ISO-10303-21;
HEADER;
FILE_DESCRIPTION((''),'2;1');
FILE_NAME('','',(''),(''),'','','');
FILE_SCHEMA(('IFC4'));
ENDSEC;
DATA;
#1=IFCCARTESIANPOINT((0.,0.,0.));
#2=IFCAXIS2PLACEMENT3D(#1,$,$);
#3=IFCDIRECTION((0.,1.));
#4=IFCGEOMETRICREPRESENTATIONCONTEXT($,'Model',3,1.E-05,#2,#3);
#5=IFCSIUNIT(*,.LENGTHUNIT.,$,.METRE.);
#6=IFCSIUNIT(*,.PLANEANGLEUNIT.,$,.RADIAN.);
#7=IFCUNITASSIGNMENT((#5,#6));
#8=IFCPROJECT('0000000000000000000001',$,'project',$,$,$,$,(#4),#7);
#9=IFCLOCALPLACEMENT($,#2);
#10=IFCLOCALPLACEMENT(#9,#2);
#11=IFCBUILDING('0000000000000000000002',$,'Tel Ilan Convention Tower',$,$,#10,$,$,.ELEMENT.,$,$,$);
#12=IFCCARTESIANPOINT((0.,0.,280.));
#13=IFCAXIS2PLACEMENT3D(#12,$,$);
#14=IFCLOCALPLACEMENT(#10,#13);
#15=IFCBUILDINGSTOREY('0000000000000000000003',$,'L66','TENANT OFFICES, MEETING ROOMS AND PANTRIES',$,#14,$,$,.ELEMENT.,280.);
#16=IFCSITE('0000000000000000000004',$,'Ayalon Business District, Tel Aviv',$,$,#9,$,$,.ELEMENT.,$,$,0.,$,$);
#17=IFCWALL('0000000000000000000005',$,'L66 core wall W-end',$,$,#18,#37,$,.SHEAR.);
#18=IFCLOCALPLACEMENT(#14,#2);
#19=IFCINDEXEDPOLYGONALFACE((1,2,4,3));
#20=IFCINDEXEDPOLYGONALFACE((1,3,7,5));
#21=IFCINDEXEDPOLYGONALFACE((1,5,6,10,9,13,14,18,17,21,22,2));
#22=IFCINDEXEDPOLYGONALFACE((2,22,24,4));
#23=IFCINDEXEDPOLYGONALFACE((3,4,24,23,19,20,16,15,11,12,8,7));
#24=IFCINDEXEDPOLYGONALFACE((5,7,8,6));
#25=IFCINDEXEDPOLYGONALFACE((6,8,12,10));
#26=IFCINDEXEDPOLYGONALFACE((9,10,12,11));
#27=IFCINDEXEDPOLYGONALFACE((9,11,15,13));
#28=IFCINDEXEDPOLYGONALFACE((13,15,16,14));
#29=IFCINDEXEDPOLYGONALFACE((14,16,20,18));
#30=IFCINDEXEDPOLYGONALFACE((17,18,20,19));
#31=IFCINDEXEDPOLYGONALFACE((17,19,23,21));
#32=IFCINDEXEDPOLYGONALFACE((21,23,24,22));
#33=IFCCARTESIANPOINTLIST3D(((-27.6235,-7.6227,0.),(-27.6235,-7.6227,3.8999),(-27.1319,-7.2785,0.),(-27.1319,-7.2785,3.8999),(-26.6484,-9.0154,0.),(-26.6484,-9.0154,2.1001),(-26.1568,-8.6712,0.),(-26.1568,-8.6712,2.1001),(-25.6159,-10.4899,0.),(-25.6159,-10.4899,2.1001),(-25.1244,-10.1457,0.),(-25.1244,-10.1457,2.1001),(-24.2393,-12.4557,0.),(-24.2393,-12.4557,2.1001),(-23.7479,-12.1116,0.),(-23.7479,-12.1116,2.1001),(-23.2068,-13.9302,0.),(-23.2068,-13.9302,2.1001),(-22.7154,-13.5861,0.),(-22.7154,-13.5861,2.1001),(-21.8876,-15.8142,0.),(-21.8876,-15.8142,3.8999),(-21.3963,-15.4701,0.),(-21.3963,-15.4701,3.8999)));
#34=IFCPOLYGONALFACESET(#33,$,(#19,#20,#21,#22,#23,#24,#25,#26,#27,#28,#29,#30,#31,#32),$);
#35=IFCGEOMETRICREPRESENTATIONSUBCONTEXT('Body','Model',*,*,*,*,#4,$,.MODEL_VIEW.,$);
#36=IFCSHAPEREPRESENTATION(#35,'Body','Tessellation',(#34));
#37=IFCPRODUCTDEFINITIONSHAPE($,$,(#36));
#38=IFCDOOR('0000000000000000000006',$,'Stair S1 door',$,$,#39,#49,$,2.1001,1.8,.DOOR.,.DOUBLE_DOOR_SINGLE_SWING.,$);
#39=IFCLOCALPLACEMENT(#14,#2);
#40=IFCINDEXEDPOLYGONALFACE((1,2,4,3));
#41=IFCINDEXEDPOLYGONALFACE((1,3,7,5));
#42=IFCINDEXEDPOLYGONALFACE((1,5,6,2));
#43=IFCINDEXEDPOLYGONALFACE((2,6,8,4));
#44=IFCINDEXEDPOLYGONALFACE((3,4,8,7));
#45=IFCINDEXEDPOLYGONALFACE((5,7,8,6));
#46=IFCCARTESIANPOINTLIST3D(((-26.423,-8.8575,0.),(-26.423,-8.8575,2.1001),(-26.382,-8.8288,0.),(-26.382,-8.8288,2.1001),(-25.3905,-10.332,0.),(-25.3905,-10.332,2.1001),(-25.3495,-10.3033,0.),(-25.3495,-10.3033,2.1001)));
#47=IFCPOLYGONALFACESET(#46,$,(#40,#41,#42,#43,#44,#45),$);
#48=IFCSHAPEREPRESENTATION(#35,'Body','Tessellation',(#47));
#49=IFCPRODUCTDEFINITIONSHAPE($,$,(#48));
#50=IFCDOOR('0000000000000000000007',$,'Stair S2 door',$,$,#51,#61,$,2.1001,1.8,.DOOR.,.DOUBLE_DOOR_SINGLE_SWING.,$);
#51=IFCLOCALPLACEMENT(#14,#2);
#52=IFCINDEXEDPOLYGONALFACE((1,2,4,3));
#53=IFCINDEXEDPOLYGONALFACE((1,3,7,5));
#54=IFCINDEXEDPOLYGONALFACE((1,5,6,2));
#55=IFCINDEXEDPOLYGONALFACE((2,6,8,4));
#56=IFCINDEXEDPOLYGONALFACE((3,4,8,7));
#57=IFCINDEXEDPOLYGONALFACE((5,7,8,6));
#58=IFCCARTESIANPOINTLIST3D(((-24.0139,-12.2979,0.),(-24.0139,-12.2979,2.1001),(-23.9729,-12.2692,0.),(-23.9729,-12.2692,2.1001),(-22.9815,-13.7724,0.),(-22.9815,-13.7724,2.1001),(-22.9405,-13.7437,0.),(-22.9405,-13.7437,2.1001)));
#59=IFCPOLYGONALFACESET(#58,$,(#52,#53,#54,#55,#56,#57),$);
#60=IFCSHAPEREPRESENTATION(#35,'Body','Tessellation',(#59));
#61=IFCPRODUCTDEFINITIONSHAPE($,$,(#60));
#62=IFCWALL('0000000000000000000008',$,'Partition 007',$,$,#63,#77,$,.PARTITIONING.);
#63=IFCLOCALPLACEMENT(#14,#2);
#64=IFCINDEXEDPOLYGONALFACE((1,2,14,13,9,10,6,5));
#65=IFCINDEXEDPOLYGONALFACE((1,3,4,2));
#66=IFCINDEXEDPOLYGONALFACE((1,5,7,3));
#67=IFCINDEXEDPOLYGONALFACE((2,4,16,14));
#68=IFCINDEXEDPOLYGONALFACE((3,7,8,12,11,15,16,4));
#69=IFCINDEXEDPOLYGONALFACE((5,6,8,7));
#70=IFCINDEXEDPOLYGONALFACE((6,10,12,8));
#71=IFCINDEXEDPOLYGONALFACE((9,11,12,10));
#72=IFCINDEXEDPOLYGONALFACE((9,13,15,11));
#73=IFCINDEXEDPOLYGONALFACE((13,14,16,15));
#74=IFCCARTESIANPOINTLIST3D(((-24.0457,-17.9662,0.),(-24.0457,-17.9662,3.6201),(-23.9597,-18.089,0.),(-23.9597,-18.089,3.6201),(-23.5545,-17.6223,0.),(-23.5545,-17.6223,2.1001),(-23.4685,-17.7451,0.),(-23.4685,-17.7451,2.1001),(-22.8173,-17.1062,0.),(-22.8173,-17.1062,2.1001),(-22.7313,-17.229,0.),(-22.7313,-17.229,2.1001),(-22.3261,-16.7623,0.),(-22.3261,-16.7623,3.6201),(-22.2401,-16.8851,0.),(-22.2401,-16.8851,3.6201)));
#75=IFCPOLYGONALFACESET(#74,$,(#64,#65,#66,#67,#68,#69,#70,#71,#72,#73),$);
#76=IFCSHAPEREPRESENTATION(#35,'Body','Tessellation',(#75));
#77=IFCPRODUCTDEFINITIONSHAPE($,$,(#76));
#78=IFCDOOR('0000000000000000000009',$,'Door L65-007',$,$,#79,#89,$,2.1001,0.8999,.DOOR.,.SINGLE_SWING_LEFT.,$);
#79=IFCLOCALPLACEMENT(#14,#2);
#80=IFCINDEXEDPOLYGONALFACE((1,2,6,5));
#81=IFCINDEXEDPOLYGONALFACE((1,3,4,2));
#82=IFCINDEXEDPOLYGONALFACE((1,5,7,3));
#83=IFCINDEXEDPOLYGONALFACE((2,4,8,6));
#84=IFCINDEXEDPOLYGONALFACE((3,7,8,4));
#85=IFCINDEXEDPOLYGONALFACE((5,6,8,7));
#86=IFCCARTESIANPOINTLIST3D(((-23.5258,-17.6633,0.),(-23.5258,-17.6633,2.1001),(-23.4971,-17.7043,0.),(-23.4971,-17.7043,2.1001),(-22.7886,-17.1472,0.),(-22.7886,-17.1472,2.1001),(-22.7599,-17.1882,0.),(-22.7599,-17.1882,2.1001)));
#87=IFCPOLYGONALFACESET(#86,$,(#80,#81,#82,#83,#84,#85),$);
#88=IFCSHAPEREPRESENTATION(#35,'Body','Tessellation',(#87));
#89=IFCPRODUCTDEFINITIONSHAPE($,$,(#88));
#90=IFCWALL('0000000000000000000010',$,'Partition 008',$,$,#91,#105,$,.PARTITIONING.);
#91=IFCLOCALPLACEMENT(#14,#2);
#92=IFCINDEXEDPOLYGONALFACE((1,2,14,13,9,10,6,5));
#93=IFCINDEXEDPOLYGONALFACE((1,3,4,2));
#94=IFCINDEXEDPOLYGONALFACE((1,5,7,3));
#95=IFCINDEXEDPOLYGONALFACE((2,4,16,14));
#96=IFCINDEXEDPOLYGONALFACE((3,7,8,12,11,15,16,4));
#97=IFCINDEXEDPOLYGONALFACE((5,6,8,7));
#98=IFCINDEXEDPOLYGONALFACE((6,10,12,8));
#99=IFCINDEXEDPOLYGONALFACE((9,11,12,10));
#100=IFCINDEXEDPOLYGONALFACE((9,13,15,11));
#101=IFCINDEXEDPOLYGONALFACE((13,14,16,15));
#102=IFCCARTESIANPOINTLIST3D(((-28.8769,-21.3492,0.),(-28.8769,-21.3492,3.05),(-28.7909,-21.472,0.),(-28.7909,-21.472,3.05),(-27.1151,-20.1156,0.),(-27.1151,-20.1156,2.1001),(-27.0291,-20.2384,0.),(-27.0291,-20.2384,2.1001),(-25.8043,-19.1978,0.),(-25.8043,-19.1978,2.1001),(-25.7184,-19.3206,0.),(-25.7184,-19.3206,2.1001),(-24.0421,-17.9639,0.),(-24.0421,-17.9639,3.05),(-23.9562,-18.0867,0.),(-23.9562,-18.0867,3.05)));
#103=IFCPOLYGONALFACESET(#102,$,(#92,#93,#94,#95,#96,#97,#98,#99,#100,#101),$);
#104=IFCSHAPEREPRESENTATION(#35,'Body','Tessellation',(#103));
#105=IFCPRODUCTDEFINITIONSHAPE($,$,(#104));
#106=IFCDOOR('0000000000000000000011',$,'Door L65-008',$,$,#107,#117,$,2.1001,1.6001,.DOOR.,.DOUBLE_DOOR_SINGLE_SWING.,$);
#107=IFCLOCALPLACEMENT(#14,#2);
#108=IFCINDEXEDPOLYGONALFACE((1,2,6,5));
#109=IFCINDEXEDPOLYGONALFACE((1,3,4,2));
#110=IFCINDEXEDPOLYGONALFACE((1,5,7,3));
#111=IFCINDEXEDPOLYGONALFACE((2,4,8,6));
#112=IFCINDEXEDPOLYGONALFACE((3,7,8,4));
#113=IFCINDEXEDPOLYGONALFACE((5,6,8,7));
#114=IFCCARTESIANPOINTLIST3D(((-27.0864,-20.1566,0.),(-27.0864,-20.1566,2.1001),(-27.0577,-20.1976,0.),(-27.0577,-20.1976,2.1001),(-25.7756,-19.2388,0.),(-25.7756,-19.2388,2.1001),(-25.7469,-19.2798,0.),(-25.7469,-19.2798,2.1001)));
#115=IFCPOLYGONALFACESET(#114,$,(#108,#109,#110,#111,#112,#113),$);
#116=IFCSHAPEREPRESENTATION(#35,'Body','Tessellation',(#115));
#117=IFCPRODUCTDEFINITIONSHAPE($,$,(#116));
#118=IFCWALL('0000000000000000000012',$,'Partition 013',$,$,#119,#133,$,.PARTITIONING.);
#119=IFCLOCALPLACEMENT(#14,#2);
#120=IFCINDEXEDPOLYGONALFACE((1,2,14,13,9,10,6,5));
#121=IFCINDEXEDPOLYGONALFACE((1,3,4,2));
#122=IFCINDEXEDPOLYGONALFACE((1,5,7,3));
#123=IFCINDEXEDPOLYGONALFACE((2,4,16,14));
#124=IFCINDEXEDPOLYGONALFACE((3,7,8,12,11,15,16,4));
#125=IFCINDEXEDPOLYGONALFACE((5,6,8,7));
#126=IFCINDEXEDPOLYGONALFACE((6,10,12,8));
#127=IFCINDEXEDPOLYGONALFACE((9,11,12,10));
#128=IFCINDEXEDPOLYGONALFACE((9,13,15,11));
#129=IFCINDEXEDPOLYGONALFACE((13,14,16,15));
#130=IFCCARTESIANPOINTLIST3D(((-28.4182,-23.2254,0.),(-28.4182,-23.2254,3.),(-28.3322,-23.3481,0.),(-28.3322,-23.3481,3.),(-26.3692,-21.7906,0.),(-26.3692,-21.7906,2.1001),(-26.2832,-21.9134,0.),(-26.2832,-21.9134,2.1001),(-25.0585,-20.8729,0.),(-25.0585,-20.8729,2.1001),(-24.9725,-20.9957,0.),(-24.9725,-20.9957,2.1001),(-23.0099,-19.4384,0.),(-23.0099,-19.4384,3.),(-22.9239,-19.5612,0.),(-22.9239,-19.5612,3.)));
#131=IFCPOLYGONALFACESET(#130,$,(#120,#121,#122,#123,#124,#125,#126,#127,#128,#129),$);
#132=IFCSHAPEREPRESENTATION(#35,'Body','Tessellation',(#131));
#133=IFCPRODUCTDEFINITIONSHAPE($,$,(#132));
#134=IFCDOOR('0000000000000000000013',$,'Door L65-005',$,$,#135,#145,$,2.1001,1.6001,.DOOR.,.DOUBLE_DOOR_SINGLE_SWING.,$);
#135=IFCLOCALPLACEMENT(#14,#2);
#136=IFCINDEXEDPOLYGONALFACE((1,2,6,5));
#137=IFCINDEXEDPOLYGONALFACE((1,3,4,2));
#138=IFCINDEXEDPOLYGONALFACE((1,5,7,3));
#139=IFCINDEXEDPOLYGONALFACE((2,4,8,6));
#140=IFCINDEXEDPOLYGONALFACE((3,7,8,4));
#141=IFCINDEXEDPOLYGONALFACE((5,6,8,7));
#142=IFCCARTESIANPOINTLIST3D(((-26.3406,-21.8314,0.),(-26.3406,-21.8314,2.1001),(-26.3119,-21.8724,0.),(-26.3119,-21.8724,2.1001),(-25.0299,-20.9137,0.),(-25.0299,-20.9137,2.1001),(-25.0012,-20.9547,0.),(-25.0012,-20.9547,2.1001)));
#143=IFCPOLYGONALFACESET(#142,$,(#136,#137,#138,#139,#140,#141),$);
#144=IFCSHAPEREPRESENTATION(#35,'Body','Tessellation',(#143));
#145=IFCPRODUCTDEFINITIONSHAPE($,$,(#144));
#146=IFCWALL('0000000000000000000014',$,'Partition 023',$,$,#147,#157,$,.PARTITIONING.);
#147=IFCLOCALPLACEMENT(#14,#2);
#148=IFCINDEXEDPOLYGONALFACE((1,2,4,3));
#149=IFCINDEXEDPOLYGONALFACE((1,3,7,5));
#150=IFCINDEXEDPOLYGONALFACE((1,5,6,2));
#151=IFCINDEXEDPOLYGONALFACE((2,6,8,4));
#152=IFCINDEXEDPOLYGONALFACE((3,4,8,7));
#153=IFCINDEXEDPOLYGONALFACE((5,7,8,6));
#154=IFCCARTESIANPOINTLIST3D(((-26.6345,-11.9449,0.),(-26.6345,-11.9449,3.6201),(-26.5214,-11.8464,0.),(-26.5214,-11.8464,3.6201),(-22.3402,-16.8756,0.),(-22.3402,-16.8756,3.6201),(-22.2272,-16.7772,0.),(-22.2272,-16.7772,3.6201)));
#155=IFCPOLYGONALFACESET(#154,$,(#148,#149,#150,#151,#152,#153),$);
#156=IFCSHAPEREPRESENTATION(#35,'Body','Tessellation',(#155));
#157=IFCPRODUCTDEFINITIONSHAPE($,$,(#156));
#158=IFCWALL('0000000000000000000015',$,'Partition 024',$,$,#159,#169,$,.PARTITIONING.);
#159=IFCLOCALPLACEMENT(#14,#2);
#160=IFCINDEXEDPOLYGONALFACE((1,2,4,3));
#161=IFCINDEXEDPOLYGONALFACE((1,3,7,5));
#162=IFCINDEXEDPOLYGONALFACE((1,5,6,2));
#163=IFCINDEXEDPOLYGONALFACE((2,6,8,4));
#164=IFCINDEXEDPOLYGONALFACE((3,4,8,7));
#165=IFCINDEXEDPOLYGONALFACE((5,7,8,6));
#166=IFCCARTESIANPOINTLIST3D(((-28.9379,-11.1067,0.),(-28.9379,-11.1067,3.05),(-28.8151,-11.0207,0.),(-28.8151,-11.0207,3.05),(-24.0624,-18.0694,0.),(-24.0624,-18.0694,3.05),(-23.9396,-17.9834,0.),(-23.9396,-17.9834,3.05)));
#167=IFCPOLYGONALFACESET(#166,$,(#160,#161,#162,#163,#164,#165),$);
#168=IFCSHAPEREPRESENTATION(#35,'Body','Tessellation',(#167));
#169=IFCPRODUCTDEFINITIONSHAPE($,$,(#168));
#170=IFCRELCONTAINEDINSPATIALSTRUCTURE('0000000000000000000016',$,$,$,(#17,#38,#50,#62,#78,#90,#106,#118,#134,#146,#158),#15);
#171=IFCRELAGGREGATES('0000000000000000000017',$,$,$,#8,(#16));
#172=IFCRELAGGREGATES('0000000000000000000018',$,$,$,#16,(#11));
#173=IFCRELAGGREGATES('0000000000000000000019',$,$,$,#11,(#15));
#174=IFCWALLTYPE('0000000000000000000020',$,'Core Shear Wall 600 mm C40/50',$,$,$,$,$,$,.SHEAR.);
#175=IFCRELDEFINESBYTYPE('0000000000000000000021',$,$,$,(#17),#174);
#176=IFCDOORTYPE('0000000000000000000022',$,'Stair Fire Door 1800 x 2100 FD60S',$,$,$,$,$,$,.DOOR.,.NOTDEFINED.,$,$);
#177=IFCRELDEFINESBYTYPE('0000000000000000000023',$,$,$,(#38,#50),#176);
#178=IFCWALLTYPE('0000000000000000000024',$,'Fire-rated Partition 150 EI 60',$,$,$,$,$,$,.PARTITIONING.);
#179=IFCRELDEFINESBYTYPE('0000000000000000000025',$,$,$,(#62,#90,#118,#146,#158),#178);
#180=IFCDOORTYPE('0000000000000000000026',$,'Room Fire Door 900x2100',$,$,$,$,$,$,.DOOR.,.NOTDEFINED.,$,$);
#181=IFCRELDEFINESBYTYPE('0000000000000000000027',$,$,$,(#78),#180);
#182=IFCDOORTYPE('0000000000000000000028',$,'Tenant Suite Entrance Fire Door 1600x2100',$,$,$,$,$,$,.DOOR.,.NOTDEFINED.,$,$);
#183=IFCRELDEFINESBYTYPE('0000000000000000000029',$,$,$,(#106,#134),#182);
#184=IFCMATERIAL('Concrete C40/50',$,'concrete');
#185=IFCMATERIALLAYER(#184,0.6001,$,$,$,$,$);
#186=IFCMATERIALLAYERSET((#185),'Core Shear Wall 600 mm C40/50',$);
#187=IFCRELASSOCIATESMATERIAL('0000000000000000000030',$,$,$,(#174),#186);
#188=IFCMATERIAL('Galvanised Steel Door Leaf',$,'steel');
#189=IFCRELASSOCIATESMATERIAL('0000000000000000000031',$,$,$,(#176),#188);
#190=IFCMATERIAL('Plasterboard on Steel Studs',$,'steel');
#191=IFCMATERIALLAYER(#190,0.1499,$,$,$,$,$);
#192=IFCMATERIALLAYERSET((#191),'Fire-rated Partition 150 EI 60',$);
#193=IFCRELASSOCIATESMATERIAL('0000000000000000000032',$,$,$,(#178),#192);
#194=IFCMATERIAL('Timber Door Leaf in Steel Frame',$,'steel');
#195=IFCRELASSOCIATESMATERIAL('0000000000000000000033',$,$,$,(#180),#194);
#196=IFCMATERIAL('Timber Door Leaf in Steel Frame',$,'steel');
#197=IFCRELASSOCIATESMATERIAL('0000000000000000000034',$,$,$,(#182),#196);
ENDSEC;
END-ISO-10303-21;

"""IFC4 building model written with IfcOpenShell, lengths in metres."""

from ifc_helpers import new_model, si_unit, direction, frame, frame_2d, origin, place, context, subcontext, project, spatial, polyline, rectangle, outline, extrude, material, layer, layer_set, type_object, element, fill, save


model = new_model("IFC4")

# Units and contexts
model_context = context("Model", 3, precision=1e-05, world=origin(), true_north=direction((0.0, 1.0)))
body_context = subcontext(model_context, "Body", "Model", "MODEL_VIEW")
ifc_project = project(units=[si_unit("LENGTHUNIT", "METRE"), si_unit("PLANEANGLEUNIT", "RADIAN")], contexts=[model_context])

# Site, building, storey
site_placement = place(None, origin())
site = spatial("IfcSite", under=ifc_project, at=site_placement, Name="Ayalon Business District, Tel Aviv", CompositionType="ELEMENT", RefElevation=0.0)
building_placement = place(site_placement, origin())
building = spatial("IfcBuilding", under=site, at=building_placement, Name="Tel Ilan Convention Tower", CompositionType="ELEMENT")
storey_placement = place(building_placement, frame((0.0, 0.0, 280.0)))
storey = spatial("IfcBuildingStorey", under=building, at=storey_placement, Name="L66", Description="TENANT OFFICES, MEETING ROOMS AND PANTRIES", CompositionType="ELEMENT", Elevation=280.0)

# Wall, openings, doors
ifc_material_1 = material(Name="Concrete C40/50", Category="concrete")
ifc_layer_1 = layer(ifc_material_1, 0.6001)
ifc_layer_set_1 = layer_set([ifc_layer_1], Name="Core Shear Wall 600 mm C40/50")
wall_type_1 = type_object("IfcWallType", Name="Core Shear Wall 600 mm C40/50", PredefinedType="SHEAR", material=ifc_layer_set_1)
wall_1_placement = place(storey_placement, frame((-21.6418, -15.6421, 0.0), z_axis=(0.0, 0.0, 1.0), x_axis=(-0.573587, 0.819145, 0.0)))
wall_1 = element("IfcWall", 1, at=wall_1_placement, inside=storey, type_object=wall_type_1, Name="L66 core wall W-end", PredefinedType="SHEAR", context=body_context, shape_type="SweptSolid", body=[
    extrude(outline(polyline([(0.0, 0.3), (0.0, -0.2998), (10.0, -0.3), (10.0, 0.3), (0.0, 0.3)])), origin(), (0.0, 0.0, 1.0), 3.8999),
])
opening_1_placement = place(wall_1_placement, frame((6.5, 0.0, 0.0)))
opening_1 = element("IfcOpeningElement", 2, at=opening_1_placement, cuts=wall_1, PredefinedType="OPENING", context=body_context, shape_type="SweptSolid", body=[
    extrude(rectangle(XDim=1.8, YDim=2.1001, at=frame_2d((0.8999, 1.05))), frame((0.0, 0.3101, 0.0), z_axis=(0.0, -1.0, 0.0), x_axis=(1.0, 0.0, 0.0)), (0.0, 0.0, 1.0), 0.6201),
])
opening_2_placement = place(wall_1_placement, frame((2.3, 0.0, 0.0)))
opening_2 = element("IfcOpeningElement", 3, at=opening_2_placement, cuts=wall_1, PredefinedType="OPENING", context=body_context, shape_type="SweptSolid", body=[
    extrude(rectangle(XDim=1.8, YDim=2.1001, at=frame_2d((0.8999, 1.05))), frame((0.0, 0.3101, 0.0), z_axis=(0.0, -1.0, 0.0), x_axis=(1.0, 0.0, 0.0)), (0.0, 0.0, 1.0), 0.6201),
])
ifc_material_2 = material(Name="Galvanised Steel Door Leaf", Category="steel")
door_type_1 = type_object("IfcDoorType", Name="Stair Fire Door 1800 x 2100 FD60S", OperationType="NOTDEFINED", PredefinedType="DOOR", material=ifc_material_2)
door_1_placement = place(opening_1_placement, origin())
door_1 = element("IfcDoor", 4, at=door_1_placement, inside=storey, type_object=door_type_1, Name="Stair S1 door", OperationType="DOUBLE_DOOR_SINGLE_SWING", OverallHeight=2.1001, OverallWidth=1.8, PredefinedType="DOOR", context=body_context, shape_type="SweptSolid", body=[
    extrude(rectangle(XDim=1.8, YDim=2.1001, at=frame_2d((0.8999, 1.05))), frame((0.0, 0.0249, 0.0), z_axis=(0.0, -1.0, 0.0), x_axis=(1.0, 0.0, 0.0)), (0.0, 0.0, 1.0), 0.05),
])
fill(opening_1, door_1)
door_2_placement = place(opening_2_placement, origin())
door_2 = element("IfcDoor", 5, at=door_2_placement, inside=storey, type_object=door_type_1, Name="Stair S2 door", OperationType="DOUBLE_DOOR_SINGLE_SWING", OverallHeight=2.1001, OverallWidth=1.8, PredefinedType="DOOR", context=body_context, shape_type="SweptSolid", body=[
    extrude(rectangle(XDim=1.8, YDim=2.1001, at=frame_2d((0.8999, 1.05))), frame((0.0, 0.0249, 0.0), z_axis=(0.0, -1.0, 0.0), x_axis=(1.0, 0.0, 0.0)), (0.0, 0.0, 1.0), 0.05),
])
fill(opening_2, door_2)

# Walls, openings, doors
ifc_material_3 = material(Name="Plasterboard on Steel Studs", Category="steel")
ifc_layer_2 = layer(ifc_material_3, 0.1499)
ifc_layer_set_2 = layer_set([ifc_layer_2], Name="Fire-rated Partition 150 EI 60")
wall_type_2 = type_object("IfcWallType", Name="Fire-rated Partition 150 EI 60", PredefinedType="PARTITIONING", material=ifc_layer_set_2)
wall_2_placement = place(storey_placement, frame((-24.0027, -18.0276, 0.0), z_axis=(0.0, 0.0, 1.0), x_axis=(0.819183, 0.573533, 0.0)))
wall_2 = element("IfcWall", 6, at=wall_2_placement, inside=storey, type_object=wall_type_2, Name="Partition 007", PredefinedType="PARTITIONING", context=body_context, shape_type="SweptSolid", body=[
    extrude(rectangle(XDim=2.0991, YDim=0.1499, at=frame_2d((1.0496, 0.0))), origin(), (0.0, 0.0, 1.0), 3.6201),
])
opening_3_placement = place(wall_2_placement, frame((0.5996, 0.0, 0.0)))
opening_3 = element("IfcOpeningElement", 7, at=opening_3_placement, cuts=wall_2, PredefinedType="OPENING", context=body_context, shape_type="SweptSolid", body=[
    extrude(rectangle(XDim=0.8999, YDim=2.1001, at=frame_2d((0.45, 1.05))), frame((0.0, 0.085, 0.0), z_axis=(0.0, -1.0, 0.0), x_axis=(1.0, 0.0, 0.0)), (0.0, 0.0, 1.0), 0.1699),
])
ifc_material_4 = material(Name="Timber Door Leaf in Steel Frame", Category="steel")
door_type_2 = type_object("IfcDoorType", Name="Room Fire Door 900x2100", OperationType="NOTDEFINED", PredefinedType="DOOR", material=ifc_material_4)
door_3_placement = place(opening_3_placement, origin())
door_3 = element("IfcDoor", 8, at=door_3_placement, inside=storey, type_object=door_type_2, Name="Door L65-007", OperationType="SINGLE_SWING_LEFT", OverallHeight=2.1001, OverallWidth=0.8999, PredefinedType="DOOR", context=body_context, shape_type="SweptSolid", body=[
    extrude(rectangle(XDim=0.8999, YDim=2.1001, at=frame_2d((0.45, 1.05))), frame((0.0, 0.0249, 0.0), z_axis=(0.0, -1.0, 0.0), x_axis=(1.0, 0.0, 0.0)), (0.0, 0.0, 1.0), 0.05),
])
fill(opening_3, door_3)
wall_3_placement = place(storey_placement, frame((-28.834, -21.4106, 0.0), z_axis=(0.0, 0.0, 1.0), x_axis=(0.819156, 0.573571, 0.0)))
wall_3 = element("IfcWall", 9, at=wall_3_placement, inside=storey, type_object=wall_type_2, Name="Partition 008", PredefinedType="PARTITIONING", context=body_context, shape_type="SweptSolid", body=[
    extrude(rectangle(XDim=5.9021, YDim=0.1499, at=frame_2d((2.9512, 0.0))), origin(), (0.0, 0.0, 1.0), 3.05),
])
opening_4_placement = place(wall_3_placement, frame((2.1509, 0.0, 0.0)))
opening_4 = element("IfcOpeningElement", 10, at=opening_4_placement, cuts=wall_3, PredefinedType="OPENING", context=body_context, shape_type="SweptSolid", body=[
    extrude(rectangle(XDim=1.6001, YDim=2.1001, at=frame_2d((0.8, 1.05))), frame((0.0, 0.085, 0.0), z_axis=(0.0, -1.0, 0.0), x_axis=(1.0, 0.0, 0.0)), (0.0, 0.0, 1.0), 0.1699),
])
ifc_material_5 = material(Name="Timber Door Leaf in Steel Frame", Category="steel")
door_type_3 = type_object("IfcDoorType", Name="Tenant Suite Entrance Fire Door 1600x2100", OperationType="NOTDEFINED", PredefinedType="DOOR", material=ifc_material_5)
door_4_placement = place(opening_4_placement, origin())
door_4 = element("IfcDoor", 11, at=door_4_placement, inside=storey, type_object=door_type_3, Name="Door L65-008", OperationType="DOUBLE_DOOR_SINGLE_SWING", OverallHeight=2.1001, OverallWidth=1.6001, PredefinedType="DOOR", context=body_context, shape_type="SweptSolid", body=[
    extrude(rectangle(XDim=1.6001, YDim=2.1001, at=frame_2d((0.8, 1.05))), frame((0.0, 0.0249, 0.0), z_axis=(0.0, -1.0, 0.0), x_axis=(1.0, 0.0, 0.0)), (0.0, 0.0, 1.0), 0.05),
])
fill(opening_4, door_4)
wall_4_placement = place(storey_placement, frame((-22.9668, -19.4998, 0.0), z_axis=(0.0, 0.0, 1.0), x_axis=(-0.819152, -0.573577, 0.0)))
wall_4 = element("IfcWall", 12, at=wall_4_placement, inside=storey, type_object=wall_type_2, Name="Partition 013", PredefinedType="PARTITIONING", context=body_context, shape_type="SweptSolid", body=[
    extrude(rectangle(XDim=6.6023, YDim=0.1499, at=frame_2d((3.3013, 0.0))), origin(), (0.0, 0.0, 1.0), 3.0),
])
opening_5_placement = place(wall_4_placement, frame((2.501, 0.0, 0.0)))
opening_5 = element("IfcOpeningElement", 13, at=opening_5_placement, cuts=wall_4, PredefinedType="OPENING", context=body_context, shape_type="SweptSolid", body=[
    extrude(rectangle(XDim=1.6001, YDim=2.1001, at=frame_2d((0.8, 1.05))), frame((0.0, 0.085, 0.0), z_axis=(0.0, -1.0, 0.0), x_axis=(1.0, 0.0, 0.0)), (0.0, 0.0, 1.0), 0.1699),
])
door_5_placement = place(opening_5_placement, origin())
door_5 = element("IfcDoor", 14, at=door_5_placement, inside=storey, type_object=door_type_3, Name="Door L65-005", OperationType="DOUBLE_DOOR_SINGLE_SWING", OverallHeight=2.1001, OverallWidth=1.6001, PredefinedType="DOOR", context=body_context, shape_type="SweptSolid", body=[
    extrude(rectangle(XDim=1.6001, YDim=2.1001, at=frame_2d((0.8, 1.05))), frame((0.0, 0.0249, 0.0), z_axis=(0.0, -1.0, 0.0), x_axis=(1.0, 0.0, 0.0)), (0.0, 0.0, 1.0), 0.05),
])
fill(opening_5, door_5)

# Walls
wall_5_placement = place(storey_placement, frame((-22.2837, -16.8264, 0.0), z_axis=(0.0, 0.0, 1.0), x_axis=(-0.656758, 0.754101, 0.0)))
element("IfcWall", 15, at=wall_5_placement, inside=storey, type_object=wall_type_2, Name="Partition 023", PredefinedType="PARTITIONING", context=body_context, shape_type="SweptSolid", body=[
    extrude(rectangle(XDim=6.5386, YDim=0.1499, at=frame_2d((3.2693, 0.0))), origin(), (0.0, 0.0, 1.0), 3.6201),
])
wall_6_placement = place(storey_placement, frame((-24.001, -18.0264, 0.0), z_axis=(0.0, 0.0, 1.0), x_axis=(-0.573591, 0.819142, 0.0)))
element("IfcWall", 16, at=wall_6_placement, inside=storey, type_object=wall_type_2, Name="Partition 024", PredefinedType="PARTITIONING", context=body_context, shape_type="SweptSolid", body=[
    extrude(rectangle(XDim=8.5, YDim=0.1499, at=frame_2d((4.25, 0.0))), origin(), (0.0, 0.0, 1.0), 3.05),
])

save(model, "model.ifc")
